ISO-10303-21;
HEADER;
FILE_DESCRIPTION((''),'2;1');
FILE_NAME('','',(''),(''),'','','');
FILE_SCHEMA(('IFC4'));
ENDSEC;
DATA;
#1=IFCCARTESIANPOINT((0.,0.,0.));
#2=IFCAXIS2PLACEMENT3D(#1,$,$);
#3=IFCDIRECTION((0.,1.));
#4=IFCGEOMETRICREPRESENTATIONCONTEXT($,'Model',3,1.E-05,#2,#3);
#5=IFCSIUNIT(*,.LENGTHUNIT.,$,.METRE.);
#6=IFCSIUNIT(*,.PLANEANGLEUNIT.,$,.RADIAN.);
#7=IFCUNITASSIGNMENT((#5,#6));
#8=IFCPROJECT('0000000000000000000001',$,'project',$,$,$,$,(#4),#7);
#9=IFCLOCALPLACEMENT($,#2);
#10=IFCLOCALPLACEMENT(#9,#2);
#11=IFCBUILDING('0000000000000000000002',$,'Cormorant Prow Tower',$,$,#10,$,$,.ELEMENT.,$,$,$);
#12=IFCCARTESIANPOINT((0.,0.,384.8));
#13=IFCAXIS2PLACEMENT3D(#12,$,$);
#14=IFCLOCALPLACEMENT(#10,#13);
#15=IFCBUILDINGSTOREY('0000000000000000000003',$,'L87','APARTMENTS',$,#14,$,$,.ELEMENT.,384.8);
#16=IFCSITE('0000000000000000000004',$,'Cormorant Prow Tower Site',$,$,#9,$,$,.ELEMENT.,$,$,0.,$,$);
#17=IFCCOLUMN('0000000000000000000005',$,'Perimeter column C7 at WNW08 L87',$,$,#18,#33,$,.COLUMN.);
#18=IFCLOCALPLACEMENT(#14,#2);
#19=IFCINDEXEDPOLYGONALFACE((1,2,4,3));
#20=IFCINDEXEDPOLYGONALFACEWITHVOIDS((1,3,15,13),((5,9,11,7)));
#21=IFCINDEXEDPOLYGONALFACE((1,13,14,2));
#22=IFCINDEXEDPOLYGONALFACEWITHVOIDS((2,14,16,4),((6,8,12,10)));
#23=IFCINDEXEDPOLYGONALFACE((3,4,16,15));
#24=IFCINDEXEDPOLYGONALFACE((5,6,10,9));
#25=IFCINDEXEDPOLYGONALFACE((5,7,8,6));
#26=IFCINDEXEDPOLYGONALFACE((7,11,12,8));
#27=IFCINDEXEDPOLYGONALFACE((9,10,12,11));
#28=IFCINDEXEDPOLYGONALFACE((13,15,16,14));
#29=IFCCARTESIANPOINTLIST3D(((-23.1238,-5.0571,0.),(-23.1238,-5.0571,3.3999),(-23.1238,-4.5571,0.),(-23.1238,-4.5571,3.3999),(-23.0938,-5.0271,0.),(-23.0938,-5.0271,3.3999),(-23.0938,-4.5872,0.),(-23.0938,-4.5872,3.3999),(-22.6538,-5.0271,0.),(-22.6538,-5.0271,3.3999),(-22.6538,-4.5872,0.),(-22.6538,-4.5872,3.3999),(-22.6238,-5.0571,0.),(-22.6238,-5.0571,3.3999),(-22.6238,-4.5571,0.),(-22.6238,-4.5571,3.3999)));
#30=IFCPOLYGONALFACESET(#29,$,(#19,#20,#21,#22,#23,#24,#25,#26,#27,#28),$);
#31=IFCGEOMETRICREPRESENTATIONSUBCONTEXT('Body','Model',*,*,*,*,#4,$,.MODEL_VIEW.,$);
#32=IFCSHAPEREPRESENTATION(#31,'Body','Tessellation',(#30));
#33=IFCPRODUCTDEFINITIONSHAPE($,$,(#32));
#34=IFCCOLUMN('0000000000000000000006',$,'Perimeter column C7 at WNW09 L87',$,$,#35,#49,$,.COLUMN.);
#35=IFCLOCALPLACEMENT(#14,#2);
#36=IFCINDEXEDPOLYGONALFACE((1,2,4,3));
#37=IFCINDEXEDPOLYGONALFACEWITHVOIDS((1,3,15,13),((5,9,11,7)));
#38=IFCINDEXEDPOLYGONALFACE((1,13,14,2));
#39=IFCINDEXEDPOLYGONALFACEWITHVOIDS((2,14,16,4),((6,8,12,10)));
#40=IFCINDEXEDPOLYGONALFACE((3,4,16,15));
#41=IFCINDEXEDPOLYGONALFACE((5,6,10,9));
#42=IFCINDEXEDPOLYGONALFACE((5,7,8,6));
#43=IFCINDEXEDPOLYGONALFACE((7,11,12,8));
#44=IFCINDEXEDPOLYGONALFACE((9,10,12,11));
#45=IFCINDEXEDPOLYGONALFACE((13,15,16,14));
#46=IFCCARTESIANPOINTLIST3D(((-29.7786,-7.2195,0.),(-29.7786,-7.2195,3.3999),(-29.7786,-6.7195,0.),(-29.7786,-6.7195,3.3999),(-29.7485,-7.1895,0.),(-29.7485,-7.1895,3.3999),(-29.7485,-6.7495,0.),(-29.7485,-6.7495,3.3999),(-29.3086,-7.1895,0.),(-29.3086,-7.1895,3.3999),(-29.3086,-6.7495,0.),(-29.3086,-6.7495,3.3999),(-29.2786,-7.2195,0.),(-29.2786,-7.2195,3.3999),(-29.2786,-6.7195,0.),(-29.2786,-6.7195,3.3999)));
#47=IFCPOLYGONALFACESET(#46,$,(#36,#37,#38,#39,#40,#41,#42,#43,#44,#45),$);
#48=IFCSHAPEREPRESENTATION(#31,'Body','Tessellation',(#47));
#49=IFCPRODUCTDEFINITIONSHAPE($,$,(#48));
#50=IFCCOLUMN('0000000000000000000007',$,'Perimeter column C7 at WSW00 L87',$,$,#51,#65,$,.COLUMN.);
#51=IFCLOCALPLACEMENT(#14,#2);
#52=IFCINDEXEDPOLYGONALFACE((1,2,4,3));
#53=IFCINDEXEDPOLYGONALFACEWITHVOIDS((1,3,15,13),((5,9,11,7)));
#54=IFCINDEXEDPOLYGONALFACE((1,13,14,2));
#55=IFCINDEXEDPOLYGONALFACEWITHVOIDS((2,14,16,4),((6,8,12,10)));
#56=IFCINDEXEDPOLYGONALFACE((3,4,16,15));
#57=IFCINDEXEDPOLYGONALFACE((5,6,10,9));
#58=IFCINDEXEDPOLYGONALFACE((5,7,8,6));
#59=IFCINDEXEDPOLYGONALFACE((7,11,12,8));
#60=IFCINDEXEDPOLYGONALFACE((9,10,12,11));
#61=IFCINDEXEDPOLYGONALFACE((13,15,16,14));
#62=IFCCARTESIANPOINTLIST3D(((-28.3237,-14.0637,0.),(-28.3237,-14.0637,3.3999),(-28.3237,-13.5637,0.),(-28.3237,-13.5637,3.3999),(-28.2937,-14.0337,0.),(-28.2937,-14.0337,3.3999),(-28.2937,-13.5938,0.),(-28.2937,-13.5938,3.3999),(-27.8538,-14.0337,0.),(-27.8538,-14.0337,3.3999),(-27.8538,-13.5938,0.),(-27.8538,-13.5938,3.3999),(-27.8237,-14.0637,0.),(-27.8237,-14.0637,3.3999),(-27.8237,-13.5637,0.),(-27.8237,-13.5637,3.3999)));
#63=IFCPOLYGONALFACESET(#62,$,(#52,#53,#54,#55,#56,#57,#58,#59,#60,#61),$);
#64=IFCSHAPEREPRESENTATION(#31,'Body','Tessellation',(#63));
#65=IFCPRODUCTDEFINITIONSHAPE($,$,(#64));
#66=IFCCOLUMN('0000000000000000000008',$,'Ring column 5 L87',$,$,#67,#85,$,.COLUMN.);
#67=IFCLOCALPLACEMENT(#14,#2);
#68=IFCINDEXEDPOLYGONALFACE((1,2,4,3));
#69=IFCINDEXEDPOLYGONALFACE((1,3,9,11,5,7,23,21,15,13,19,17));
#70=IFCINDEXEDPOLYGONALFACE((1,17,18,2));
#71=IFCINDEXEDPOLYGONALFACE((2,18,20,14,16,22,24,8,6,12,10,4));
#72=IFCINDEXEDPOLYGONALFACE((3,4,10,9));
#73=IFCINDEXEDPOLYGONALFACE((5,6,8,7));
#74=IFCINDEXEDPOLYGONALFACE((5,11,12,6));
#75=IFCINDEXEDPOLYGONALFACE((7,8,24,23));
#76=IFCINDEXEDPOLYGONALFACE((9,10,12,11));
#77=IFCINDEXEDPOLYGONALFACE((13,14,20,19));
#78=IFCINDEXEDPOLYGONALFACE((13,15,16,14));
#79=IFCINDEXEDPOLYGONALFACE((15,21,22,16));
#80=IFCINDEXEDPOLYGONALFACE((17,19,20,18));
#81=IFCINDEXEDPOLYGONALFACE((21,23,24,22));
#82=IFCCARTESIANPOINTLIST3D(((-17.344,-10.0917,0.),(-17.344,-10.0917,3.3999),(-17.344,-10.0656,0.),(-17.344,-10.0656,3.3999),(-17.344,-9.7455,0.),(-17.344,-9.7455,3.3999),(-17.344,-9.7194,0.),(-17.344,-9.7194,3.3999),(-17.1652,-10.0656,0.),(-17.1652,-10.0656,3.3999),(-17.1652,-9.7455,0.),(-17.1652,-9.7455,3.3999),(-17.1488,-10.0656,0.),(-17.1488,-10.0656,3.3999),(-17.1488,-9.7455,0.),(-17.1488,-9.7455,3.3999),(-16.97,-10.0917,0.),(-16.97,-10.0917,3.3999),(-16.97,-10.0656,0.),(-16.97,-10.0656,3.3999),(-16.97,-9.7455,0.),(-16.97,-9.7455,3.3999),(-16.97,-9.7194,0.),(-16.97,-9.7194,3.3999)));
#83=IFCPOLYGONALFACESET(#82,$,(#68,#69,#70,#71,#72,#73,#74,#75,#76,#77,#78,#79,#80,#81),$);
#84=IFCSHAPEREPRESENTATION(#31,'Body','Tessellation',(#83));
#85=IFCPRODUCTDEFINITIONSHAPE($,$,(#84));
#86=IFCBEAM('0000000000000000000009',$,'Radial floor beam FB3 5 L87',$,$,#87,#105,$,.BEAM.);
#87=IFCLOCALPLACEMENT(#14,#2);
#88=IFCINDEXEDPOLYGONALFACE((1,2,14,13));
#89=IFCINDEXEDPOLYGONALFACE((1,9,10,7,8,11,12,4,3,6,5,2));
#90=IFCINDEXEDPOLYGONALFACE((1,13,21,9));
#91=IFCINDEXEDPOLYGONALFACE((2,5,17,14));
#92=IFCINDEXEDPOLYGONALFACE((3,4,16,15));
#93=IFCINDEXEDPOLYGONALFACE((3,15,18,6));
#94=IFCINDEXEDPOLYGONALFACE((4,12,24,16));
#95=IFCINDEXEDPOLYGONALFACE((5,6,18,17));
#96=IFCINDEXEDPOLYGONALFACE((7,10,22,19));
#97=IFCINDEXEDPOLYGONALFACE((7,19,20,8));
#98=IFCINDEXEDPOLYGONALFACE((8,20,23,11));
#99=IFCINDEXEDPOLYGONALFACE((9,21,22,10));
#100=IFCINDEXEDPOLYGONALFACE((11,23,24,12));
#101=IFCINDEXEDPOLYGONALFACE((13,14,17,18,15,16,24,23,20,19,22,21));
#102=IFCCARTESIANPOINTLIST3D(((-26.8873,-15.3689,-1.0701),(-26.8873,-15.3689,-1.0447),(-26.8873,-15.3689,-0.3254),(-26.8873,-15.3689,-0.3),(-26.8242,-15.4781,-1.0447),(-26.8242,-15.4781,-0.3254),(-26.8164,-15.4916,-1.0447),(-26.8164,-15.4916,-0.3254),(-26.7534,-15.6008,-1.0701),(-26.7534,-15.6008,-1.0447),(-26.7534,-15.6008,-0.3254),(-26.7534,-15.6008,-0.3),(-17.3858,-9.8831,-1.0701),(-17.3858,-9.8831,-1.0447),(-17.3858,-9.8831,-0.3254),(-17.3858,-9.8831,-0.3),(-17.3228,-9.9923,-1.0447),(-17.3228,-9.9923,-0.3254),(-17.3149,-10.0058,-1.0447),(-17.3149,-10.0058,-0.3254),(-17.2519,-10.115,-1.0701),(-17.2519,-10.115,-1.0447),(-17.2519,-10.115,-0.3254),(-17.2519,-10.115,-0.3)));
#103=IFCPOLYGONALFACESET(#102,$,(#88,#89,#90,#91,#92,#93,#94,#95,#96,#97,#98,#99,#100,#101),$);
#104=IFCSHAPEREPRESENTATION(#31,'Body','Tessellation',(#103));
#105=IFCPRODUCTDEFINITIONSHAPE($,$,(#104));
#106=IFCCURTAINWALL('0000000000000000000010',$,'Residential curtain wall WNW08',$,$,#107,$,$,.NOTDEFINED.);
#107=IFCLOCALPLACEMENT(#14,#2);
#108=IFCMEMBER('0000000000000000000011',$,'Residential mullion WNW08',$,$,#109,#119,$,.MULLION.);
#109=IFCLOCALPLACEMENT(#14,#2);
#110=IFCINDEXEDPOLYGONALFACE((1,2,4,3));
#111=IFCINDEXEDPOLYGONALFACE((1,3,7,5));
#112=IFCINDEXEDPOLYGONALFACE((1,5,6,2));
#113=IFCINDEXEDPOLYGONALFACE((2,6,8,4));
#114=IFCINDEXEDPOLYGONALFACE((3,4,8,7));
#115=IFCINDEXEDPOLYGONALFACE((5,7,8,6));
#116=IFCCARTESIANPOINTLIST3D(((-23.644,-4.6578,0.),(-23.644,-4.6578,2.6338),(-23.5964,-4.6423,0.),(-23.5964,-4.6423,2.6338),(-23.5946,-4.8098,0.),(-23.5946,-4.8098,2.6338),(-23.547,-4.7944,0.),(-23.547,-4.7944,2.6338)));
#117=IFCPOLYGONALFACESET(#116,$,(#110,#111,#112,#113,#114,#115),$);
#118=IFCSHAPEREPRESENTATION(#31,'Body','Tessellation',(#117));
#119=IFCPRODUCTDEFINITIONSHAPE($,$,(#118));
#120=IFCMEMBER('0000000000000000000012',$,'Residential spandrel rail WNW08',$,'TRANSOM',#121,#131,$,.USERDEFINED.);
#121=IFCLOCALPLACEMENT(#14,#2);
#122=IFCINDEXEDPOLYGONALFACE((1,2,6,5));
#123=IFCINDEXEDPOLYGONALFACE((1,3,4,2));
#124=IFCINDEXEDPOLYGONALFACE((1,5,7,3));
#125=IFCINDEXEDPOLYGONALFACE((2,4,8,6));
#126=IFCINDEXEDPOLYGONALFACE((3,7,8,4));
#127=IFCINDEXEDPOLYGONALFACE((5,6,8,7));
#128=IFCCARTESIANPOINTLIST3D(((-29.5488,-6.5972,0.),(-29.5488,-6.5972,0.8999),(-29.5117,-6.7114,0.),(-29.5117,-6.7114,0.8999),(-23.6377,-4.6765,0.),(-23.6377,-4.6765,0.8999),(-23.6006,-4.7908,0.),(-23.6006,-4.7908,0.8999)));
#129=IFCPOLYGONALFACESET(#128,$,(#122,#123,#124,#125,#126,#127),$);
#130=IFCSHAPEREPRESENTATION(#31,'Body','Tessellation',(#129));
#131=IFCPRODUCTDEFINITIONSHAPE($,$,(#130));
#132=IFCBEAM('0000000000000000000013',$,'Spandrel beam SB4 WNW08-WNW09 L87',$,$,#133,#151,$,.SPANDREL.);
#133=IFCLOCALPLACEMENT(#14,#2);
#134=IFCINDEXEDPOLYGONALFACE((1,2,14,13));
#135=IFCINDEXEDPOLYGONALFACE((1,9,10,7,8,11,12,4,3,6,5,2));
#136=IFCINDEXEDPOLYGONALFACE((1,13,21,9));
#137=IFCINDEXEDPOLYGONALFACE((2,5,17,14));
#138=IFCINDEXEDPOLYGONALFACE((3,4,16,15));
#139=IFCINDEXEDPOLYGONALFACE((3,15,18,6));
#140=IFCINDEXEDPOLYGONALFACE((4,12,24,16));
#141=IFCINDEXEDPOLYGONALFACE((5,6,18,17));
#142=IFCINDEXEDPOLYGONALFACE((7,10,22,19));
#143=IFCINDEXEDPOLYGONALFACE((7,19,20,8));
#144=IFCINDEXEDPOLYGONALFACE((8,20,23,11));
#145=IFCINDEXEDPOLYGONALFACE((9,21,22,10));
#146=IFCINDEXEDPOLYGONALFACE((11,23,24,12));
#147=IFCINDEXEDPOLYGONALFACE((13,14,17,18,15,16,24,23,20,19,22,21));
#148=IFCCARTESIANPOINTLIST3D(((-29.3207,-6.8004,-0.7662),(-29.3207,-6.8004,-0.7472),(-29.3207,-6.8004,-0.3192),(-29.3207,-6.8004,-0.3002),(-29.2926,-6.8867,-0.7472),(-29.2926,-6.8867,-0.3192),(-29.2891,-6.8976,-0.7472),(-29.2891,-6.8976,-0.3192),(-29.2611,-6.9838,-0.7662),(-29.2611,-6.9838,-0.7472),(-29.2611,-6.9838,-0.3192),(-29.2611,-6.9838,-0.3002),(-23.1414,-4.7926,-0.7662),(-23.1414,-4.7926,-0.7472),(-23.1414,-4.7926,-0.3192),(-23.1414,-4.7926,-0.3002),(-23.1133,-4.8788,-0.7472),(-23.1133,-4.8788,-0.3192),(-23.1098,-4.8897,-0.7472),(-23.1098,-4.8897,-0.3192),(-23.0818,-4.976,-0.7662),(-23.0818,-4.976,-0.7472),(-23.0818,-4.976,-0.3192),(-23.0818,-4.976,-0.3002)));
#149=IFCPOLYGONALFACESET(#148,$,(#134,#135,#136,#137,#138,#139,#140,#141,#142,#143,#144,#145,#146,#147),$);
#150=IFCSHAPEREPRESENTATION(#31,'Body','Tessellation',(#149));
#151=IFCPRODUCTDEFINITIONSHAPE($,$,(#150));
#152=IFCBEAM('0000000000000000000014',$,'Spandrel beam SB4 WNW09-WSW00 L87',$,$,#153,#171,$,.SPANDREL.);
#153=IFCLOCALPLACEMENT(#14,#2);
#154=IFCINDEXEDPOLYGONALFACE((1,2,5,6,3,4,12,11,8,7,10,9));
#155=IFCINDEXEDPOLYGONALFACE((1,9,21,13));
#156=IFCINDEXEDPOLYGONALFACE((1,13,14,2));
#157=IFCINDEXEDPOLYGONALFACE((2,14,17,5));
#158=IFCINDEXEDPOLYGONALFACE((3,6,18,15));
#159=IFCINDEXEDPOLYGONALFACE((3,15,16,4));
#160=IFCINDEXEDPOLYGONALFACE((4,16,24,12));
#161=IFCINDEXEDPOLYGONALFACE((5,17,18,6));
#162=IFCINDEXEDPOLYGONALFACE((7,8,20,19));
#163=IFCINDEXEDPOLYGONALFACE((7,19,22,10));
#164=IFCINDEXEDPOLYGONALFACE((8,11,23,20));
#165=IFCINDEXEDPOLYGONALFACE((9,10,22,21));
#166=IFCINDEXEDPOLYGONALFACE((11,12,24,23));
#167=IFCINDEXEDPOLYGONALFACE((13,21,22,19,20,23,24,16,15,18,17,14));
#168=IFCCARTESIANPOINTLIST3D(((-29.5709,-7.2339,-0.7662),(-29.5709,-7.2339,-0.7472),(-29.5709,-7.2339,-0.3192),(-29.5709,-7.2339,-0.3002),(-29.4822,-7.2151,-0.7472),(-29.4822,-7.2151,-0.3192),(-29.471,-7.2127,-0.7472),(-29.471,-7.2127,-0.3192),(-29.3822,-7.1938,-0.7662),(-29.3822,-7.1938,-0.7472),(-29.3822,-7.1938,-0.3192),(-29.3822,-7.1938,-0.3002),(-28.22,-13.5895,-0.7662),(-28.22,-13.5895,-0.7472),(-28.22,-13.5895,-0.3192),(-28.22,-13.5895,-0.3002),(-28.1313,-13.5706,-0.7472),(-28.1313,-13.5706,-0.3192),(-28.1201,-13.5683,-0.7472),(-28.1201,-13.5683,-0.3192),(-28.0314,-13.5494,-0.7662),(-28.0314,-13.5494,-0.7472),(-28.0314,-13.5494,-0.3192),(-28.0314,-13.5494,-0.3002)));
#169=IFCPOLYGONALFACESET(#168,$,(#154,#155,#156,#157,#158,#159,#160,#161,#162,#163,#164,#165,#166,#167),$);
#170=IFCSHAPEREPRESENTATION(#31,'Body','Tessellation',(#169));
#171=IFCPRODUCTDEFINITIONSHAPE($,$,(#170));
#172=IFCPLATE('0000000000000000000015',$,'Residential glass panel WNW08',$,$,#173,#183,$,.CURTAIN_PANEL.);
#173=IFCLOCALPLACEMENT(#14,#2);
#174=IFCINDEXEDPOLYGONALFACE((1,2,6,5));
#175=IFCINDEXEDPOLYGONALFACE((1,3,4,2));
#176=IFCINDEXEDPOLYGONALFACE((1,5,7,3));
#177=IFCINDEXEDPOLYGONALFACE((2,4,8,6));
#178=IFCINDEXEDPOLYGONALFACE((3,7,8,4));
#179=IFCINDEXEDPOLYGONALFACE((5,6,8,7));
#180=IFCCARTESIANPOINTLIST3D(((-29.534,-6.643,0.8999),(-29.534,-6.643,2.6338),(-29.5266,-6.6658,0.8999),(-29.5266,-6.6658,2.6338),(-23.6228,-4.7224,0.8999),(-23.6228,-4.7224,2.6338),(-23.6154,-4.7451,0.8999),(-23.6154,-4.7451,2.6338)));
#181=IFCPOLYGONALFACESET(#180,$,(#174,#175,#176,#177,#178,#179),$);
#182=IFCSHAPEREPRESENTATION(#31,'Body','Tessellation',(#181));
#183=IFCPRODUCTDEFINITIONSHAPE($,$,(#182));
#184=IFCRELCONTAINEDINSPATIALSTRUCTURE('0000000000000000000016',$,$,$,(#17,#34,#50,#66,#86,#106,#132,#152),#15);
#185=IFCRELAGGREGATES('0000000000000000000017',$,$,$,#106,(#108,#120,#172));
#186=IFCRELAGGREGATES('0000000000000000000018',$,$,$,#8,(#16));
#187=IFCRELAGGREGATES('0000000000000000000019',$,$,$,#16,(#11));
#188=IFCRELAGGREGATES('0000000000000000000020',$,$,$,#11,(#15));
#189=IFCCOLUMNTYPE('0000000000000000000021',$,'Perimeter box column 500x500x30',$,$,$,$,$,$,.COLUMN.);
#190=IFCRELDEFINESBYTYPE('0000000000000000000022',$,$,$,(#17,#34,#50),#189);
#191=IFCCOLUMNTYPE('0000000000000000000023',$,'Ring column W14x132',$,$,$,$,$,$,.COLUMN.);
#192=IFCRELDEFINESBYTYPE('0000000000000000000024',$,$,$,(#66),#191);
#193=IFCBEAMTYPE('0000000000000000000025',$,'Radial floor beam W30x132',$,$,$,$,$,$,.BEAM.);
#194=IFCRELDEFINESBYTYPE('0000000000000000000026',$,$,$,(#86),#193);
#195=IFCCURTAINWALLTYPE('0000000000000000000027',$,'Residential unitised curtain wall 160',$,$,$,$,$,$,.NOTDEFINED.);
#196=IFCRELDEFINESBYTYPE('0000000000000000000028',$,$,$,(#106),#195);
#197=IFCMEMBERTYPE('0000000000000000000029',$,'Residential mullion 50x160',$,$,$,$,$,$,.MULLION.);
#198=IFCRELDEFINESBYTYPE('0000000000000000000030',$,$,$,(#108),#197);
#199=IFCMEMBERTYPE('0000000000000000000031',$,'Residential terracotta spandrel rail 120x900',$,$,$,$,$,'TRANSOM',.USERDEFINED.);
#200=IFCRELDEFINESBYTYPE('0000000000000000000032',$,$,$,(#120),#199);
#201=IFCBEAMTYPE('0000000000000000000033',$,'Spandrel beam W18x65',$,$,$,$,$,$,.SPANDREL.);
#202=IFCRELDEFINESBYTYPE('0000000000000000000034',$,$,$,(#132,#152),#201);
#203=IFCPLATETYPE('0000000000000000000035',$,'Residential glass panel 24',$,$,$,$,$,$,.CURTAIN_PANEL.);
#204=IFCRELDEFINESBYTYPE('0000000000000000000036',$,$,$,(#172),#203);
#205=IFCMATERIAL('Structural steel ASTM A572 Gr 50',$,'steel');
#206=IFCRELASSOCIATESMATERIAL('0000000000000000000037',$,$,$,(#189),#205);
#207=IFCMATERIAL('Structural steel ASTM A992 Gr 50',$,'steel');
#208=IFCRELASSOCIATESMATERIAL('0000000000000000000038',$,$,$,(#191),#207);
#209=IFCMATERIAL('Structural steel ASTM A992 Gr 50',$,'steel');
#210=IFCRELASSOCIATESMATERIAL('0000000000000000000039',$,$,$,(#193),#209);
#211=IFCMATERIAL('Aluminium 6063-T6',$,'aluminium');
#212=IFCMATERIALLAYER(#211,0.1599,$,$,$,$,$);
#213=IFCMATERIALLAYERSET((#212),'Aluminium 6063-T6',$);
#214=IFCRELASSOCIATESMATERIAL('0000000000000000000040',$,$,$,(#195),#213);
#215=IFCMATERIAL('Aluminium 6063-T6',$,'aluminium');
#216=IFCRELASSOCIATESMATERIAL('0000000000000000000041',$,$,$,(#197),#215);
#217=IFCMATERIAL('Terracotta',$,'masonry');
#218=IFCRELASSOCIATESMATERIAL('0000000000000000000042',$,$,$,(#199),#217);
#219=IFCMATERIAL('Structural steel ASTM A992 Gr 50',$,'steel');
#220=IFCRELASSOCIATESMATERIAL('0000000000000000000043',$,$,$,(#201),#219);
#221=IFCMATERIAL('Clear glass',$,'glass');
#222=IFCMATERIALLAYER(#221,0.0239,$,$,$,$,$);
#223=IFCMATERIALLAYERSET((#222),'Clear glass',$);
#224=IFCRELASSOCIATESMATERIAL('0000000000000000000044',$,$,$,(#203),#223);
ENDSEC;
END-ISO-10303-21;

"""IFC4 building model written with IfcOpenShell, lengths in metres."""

from ifc_helpers import new_model, si_unit, direction, frame, origin, origin_2d, place, context, subcontext, project, spatial, rectangle, hollow_rectangle, i_section, extrude, material, layer, layer_set, material_profile, profile_set, type_object, element, aggregate, save


model = new_model("IFC4")

# Units and contexts
model_context = context("Model", 3, precision=1e-05, world=origin(), true_north=direction((0.0, 1.0)))
body_context = subcontext(model_context, "Body", "Model", "MODEL_VIEW")
ifc_project = project(units=[si_unit("LENGTHUNIT", "METRE"), si_unit("PLANEANGLEUNIT", "RADIAN")], contexts=[model_context])

# Site, building, storey
site_placement = place(None, origin())
site = spatial("IfcSite", under=ifc_project, at=site_placement, Name="Cormorant Prow Tower Site", CompositionType="ELEMENT", RefElevation=0.0)
building_placement = place(site_placement, origin())
building = spatial("IfcBuilding", under=site, at=building_placement, Name="Cormorant Prow Tower", CompositionType="ELEMENT")
storey_placement = place(building_placement, frame((0.0, 0.0, 384.8)))
storey = spatial("IfcBuildingStorey", under=building, at=storey_placement, Name="L87", Description="APARTMENTS", CompositionType="ELEMENT", Elevation=384.8)

# Columns
ifc_material_1 = material(Name="Structural steel ASTM A572 Gr 50", Category="steel")
ifc_material_profile_1 = material_profile(ifc_material_1, hollow_rectangle(XDim=0.5, YDim=0.5, WallThickness=0.03, at=origin_2d()), Name="Box 500x500x30")
ifc_profile_set_1 = profile_set([ifc_material_profile_1], Name="Structural steel ASTM A572 Gr 50")
column_type_1 = type_object("IfcColumnType", Name="Perimeter box column 500x500x30", PredefinedType="COLUMN", material=ifc_profile_set_1)
for number, where, z_axis, x_axis, name in (
    (1, (-22.8738, -4.8071, 0.0), (0.0, 0.0, 1.0), (1.0, 0.0, 0.0), "Perimeter column C7 at WNW08 L87"),
    (2, (-29.5286, -6.9695, 0.0), (0.0, 0.0, 1.0), (1.0, 0.0, 0.0), "Perimeter column C7 at WNW09 L87"),
    (3, (-28.0737, -13.8137, 0.0), (0.0, 0.0, 1.0), (1.0, 0.0, 0.0), "Perimeter column C7 at WSW00 L87"),
):
    element("IfcColumn", number, at=place(storey_placement, frame(where, z_axis=z_axis, x_axis=x_axis)), inside=storey, type_object=column_type_1, Name=name, PredefinedType="COLUMN", context=body_context, shape_type="SweptSolid", body=[
        extrude(hollow_rectangle(XDim=0.5, YDim=0.5, WallThickness=0.03, at=origin_2d()), origin(), (0.0, 0.0, 1.0), 3.3999),
    ])
ifc_material_2 = material(Name="Structural steel ASTM A992 Gr 50", Category="steel")
ifc_material_profile_2 = material_profile(ifc_material_2, i_section(OverallWidth=0.374, OverallDepth=0.3723, WebThickness=0.0164, FlangeThickness=0.0261, at=origin_2d()), Name="W14x132")
ifc_profile_set_2 = profile_set([ifc_material_profile_2], Name="Structural steel ASTM A992 Gr 50")
column_type_2 = type_object("IfcColumnType", Name="Ring column W14x132", PredefinedType="COLUMN", material=ifc_profile_set_2)
column_placement = place(storey_placement, frame((-17.157, -9.9055, 0.0), z_axis=(0.0, 0.0, 1.0), x_axis=(1.0, 0.0, 0.0)))
element("IfcColumn", 4, at=column_placement, inside=storey, type_object=column_type_2, Name="Ring column 5 L87", PredefinedType="COLUMN", context=body_context, shape_type="SweptSolid", body=[
    extrude(i_section(OverallWidth=0.374, OverallDepth=0.3723, WebThickness=0.0164, FlangeThickness=0.0261, at=origin_2d()), origin(), (0.0, 0.0, 1.0), 3.3999),
])

# Beam
ifc_material_3 = material(Name="Structural steel ASTM A992 Gr 50", Category="steel")
ifc_material_profile_3 = material_profile(ifc_material_3, i_section(OverallWidth=0.2678, OverallDepth=0.77, WebThickness=0.0156, FlangeThickness=0.0254, at=origin_2d()), Name="W30x132")
ifc_profile_set_3 = profile_set([ifc_material_profile_3], Name="Structural steel ASTM A992 Gr 50")
beam_type_1 = type_object("IfcBeamType", Name="Radial floor beam W30x132", PredefinedType="BEAM", material=ifc_profile_set_3)
beam_1_placement = place(storey_placement, frame((-17.3188, -9.999, -0.6851), z_axis=(-0.866019, -0.500011, 0.0), x_axis=(0.500011, -0.866019, 0.0)))
element("IfcBeam", 5, at=beam_1_placement, inside=storey, type_object=beam_type_1, Name="Radial floor beam FB3 5 L87", PredefinedType="BEAM", context=body_context, shape_type="SweptSolid", body=[
    extrude(i_section(OverallWidth=0.2678, OverallDepth=0.77, WebThickness=0.0156, FlangeThickness=0.0254, at=origin_2d()), origin(), (0.0, 0.0, 1.0), 10.9714),
])

# Curtain wall, members
ifc_material_4 = material(Name="Aluminium 6063-T6", Category="aluminium")
ifc_layer_1 = layer(ifc_material_4, 0.1599)
ifc_layer_set_1 = layer_set([ifc_layer_1], Name="Aluminium 6063-T6")
curtain_wall_type = type_object("IfcCurtainWallType", Name="Residential unitised curtain wall 160", PredefinedType="NOTDEFINED", material=ifc_layer_set_1)
curtain_wall_placement = place(storey_placement, origin())
curtain_wall = element("IfcCurtainWall", 6, at=curtain_wall_placement, inside=storey, type_object=curtain_wall_type, Name="Residential curtain wall WNW08", PredefinedType="NOTDEFINED")
ifc_material_5 = material(Name="Aluminium 6063-T6", Category="aluminium")
ifc_material_profile_4 = material_profile(ifc_material_5, rectangle(XDim=0.1599, YDim=0.05, at=origin_2d()), Name="Residential mullion 50x160")
ifc_profile_set_4 = profile_set([ifc_material_profile_4], Name="Aluminium 6063-T6")
member_type_1 = type_object("IfcMemberType", Name="Residential mullion 50x160", PredefinedType="MULLION", material=ifc_profile_set_4)
member_1_placement = place(storey_placement, frame((-23.5955, -4.7261, 0.0), z_axis=(0.0, 0.0, 1.0), x_axis=(0.309017, -0.951057, 0.0)))
member_1 = element("IfcMember", 7, at=member_1_placement, type_object=member_type_1, Name="Residential mullion WNW08", PredefinedType="MULLION", context=body_context, shape_type="SweptSolid", body=[
    extrude(rectangle(XDim=0.1599, YDim=0.05, at=origin_2d()), origin(), (0.0, 0.0, 1.0), 2.6338),
])
ifc_material_6 = material(Name="Terracotta", Category="masonry")
ifc_material_profile_5 = material_profile(ifc_material_6, rectangle(XDim=0.1201, YDim=0.8999, at=origin_2d()), Name="Residential terracotta spandrel rail 120x900")
ifc_profile_set_5 = profile_set([ifc_material_profile_5], Name="Terracotta")
member_type_2 = type_object("IfcMemberType", Name="Residential terracotta spandrel rail 120x900", ElementType="TRANSOM", PredefinedType="USERDEFINED", material=ifc_profile_set_5)
member_2_placement = place(storey_placement, frame((-23.6191, -4.7336, 0.45), z_axis=(-0.951056, -0.309019, 0.0), x_axis=(0.309019, -0.951056, 0.0)))
member_2 = element("IfcMember", 8, at=member_2_placement, type_object=member_type_2, Name="Residential spandrel rail WNW08", ObjectType="TRANSOM", PredefinedType="USERDEFINED", context=body_context, shape_type="SweptSolid", body=[
    extrude(rectangle(XDim=0.1201, YDim=0.8999, at=origin_2d()), origin(), (0.0, 0.0, 1.0), 6.2153),
])

# Beams
ifc_material_7 = material(Name="Structural steel ASTM A992 Gr 50", Category="steel")
ifc_material_profile_6 = material_profile(ifc_material_7, i_section(OverallWidth=0.1929, OverallDepth=0.4661, WebThickness=0.0115, FlangeThickness=0.019, at=origin_2d()), Name="W18x65")
ifc_profile_set_6 = profile_set([ifc_material_profile_6], Name="Structural steel ASTM A992 Gr 50")
beam_type_2 = type_object("IfcBeamType", Name="Spandrel beam W18x65", PredefinedType="SPANDREL", material=ifc_profile_set_6)
beam_2_placement = place(storey_placement, frame((-23.1116, -4.8843, -0.5332), z_axis=(-0.951053, -0.309027, 0.0), x_axis=(0.309027, -0.951053, 0.0)))
element("IfcBeam", 9, at=beam_2_placement, inside=storey, type_object=beam_type_2, Name="Spandrel beam SB4 WNW08-WNW09 L87", PredefinedType="SPANDREL", context=body_context, shape_type="SweptSolid", body=[
    extrude(i_section(OverallWidth=0.1929, OverallDepth=0.4661, WebThickness=0.0115, FlangeThickness=0.019, at=origin_2d()), origin(), (0.0, 0.0, 1.0), 6.4973),
])
beam_3_placement = place(storey_placement, frame((-29.4766, -7.2139, -0.5332), z_axis=(0.207902, -0.97815, 0.0), x_axis=(0.97815, 0.207902, 0.0)))
element("IfcBeam", 10, at=beam_3_placement, inside=storey, type_object=beam_type_2, Name="Spandrel beam SB4 WNW09-WSW00 L87", PredefinedType="SPANDREL", context=body_context, shape_type="SweptSolid", body=[
    extrude(i_section(OverallWidth=0.1929, OverallDepth=0.4661, WebThickness=0.0115, FlangeThickness=0.019, at=origin_2d()), origin(), (0.0, 0.0, 1.0), 6.4976),
])

# Plate
ifc_material_8 = material(Name="Clear glass", Category="glass")
ifc_layer_2 = layer(ifc_material_8, 0.0239)
ifc_layer_set_2 = layer_set([ifc_layer_2], Name="Clear glass")
plate_type = type_object("IfcPlateType", Name="Residential glass panel 24", PredefinedType="CURTAIN_PANEL", material=ifc_layer_set_2)
plate_placement = place(storey_placement, frame((-26.5747, -5.6941, 0.8999), z_axis=(0.0, 0.0, 1.0), x_axis=(-0.951057, -0.309017, 0.0)))
plate = element("IfcPlate", 11, at=plate_placement, type_object=plate_type, Name="Residential glass panel WNW08", PredefinedType="CURTAIN_PANEL", context=body_context, shape_type="SweptSolid", body=[
    extrude(rectangle(XDim=6.2153, YDim=0.0239, at=origin_2d()), origin(), (0.0, 0.0, 1.0), 1.7339),
])
aggregate(curtain_wall, [member_1, member_2, plate])

save(model, "model.ifc")
